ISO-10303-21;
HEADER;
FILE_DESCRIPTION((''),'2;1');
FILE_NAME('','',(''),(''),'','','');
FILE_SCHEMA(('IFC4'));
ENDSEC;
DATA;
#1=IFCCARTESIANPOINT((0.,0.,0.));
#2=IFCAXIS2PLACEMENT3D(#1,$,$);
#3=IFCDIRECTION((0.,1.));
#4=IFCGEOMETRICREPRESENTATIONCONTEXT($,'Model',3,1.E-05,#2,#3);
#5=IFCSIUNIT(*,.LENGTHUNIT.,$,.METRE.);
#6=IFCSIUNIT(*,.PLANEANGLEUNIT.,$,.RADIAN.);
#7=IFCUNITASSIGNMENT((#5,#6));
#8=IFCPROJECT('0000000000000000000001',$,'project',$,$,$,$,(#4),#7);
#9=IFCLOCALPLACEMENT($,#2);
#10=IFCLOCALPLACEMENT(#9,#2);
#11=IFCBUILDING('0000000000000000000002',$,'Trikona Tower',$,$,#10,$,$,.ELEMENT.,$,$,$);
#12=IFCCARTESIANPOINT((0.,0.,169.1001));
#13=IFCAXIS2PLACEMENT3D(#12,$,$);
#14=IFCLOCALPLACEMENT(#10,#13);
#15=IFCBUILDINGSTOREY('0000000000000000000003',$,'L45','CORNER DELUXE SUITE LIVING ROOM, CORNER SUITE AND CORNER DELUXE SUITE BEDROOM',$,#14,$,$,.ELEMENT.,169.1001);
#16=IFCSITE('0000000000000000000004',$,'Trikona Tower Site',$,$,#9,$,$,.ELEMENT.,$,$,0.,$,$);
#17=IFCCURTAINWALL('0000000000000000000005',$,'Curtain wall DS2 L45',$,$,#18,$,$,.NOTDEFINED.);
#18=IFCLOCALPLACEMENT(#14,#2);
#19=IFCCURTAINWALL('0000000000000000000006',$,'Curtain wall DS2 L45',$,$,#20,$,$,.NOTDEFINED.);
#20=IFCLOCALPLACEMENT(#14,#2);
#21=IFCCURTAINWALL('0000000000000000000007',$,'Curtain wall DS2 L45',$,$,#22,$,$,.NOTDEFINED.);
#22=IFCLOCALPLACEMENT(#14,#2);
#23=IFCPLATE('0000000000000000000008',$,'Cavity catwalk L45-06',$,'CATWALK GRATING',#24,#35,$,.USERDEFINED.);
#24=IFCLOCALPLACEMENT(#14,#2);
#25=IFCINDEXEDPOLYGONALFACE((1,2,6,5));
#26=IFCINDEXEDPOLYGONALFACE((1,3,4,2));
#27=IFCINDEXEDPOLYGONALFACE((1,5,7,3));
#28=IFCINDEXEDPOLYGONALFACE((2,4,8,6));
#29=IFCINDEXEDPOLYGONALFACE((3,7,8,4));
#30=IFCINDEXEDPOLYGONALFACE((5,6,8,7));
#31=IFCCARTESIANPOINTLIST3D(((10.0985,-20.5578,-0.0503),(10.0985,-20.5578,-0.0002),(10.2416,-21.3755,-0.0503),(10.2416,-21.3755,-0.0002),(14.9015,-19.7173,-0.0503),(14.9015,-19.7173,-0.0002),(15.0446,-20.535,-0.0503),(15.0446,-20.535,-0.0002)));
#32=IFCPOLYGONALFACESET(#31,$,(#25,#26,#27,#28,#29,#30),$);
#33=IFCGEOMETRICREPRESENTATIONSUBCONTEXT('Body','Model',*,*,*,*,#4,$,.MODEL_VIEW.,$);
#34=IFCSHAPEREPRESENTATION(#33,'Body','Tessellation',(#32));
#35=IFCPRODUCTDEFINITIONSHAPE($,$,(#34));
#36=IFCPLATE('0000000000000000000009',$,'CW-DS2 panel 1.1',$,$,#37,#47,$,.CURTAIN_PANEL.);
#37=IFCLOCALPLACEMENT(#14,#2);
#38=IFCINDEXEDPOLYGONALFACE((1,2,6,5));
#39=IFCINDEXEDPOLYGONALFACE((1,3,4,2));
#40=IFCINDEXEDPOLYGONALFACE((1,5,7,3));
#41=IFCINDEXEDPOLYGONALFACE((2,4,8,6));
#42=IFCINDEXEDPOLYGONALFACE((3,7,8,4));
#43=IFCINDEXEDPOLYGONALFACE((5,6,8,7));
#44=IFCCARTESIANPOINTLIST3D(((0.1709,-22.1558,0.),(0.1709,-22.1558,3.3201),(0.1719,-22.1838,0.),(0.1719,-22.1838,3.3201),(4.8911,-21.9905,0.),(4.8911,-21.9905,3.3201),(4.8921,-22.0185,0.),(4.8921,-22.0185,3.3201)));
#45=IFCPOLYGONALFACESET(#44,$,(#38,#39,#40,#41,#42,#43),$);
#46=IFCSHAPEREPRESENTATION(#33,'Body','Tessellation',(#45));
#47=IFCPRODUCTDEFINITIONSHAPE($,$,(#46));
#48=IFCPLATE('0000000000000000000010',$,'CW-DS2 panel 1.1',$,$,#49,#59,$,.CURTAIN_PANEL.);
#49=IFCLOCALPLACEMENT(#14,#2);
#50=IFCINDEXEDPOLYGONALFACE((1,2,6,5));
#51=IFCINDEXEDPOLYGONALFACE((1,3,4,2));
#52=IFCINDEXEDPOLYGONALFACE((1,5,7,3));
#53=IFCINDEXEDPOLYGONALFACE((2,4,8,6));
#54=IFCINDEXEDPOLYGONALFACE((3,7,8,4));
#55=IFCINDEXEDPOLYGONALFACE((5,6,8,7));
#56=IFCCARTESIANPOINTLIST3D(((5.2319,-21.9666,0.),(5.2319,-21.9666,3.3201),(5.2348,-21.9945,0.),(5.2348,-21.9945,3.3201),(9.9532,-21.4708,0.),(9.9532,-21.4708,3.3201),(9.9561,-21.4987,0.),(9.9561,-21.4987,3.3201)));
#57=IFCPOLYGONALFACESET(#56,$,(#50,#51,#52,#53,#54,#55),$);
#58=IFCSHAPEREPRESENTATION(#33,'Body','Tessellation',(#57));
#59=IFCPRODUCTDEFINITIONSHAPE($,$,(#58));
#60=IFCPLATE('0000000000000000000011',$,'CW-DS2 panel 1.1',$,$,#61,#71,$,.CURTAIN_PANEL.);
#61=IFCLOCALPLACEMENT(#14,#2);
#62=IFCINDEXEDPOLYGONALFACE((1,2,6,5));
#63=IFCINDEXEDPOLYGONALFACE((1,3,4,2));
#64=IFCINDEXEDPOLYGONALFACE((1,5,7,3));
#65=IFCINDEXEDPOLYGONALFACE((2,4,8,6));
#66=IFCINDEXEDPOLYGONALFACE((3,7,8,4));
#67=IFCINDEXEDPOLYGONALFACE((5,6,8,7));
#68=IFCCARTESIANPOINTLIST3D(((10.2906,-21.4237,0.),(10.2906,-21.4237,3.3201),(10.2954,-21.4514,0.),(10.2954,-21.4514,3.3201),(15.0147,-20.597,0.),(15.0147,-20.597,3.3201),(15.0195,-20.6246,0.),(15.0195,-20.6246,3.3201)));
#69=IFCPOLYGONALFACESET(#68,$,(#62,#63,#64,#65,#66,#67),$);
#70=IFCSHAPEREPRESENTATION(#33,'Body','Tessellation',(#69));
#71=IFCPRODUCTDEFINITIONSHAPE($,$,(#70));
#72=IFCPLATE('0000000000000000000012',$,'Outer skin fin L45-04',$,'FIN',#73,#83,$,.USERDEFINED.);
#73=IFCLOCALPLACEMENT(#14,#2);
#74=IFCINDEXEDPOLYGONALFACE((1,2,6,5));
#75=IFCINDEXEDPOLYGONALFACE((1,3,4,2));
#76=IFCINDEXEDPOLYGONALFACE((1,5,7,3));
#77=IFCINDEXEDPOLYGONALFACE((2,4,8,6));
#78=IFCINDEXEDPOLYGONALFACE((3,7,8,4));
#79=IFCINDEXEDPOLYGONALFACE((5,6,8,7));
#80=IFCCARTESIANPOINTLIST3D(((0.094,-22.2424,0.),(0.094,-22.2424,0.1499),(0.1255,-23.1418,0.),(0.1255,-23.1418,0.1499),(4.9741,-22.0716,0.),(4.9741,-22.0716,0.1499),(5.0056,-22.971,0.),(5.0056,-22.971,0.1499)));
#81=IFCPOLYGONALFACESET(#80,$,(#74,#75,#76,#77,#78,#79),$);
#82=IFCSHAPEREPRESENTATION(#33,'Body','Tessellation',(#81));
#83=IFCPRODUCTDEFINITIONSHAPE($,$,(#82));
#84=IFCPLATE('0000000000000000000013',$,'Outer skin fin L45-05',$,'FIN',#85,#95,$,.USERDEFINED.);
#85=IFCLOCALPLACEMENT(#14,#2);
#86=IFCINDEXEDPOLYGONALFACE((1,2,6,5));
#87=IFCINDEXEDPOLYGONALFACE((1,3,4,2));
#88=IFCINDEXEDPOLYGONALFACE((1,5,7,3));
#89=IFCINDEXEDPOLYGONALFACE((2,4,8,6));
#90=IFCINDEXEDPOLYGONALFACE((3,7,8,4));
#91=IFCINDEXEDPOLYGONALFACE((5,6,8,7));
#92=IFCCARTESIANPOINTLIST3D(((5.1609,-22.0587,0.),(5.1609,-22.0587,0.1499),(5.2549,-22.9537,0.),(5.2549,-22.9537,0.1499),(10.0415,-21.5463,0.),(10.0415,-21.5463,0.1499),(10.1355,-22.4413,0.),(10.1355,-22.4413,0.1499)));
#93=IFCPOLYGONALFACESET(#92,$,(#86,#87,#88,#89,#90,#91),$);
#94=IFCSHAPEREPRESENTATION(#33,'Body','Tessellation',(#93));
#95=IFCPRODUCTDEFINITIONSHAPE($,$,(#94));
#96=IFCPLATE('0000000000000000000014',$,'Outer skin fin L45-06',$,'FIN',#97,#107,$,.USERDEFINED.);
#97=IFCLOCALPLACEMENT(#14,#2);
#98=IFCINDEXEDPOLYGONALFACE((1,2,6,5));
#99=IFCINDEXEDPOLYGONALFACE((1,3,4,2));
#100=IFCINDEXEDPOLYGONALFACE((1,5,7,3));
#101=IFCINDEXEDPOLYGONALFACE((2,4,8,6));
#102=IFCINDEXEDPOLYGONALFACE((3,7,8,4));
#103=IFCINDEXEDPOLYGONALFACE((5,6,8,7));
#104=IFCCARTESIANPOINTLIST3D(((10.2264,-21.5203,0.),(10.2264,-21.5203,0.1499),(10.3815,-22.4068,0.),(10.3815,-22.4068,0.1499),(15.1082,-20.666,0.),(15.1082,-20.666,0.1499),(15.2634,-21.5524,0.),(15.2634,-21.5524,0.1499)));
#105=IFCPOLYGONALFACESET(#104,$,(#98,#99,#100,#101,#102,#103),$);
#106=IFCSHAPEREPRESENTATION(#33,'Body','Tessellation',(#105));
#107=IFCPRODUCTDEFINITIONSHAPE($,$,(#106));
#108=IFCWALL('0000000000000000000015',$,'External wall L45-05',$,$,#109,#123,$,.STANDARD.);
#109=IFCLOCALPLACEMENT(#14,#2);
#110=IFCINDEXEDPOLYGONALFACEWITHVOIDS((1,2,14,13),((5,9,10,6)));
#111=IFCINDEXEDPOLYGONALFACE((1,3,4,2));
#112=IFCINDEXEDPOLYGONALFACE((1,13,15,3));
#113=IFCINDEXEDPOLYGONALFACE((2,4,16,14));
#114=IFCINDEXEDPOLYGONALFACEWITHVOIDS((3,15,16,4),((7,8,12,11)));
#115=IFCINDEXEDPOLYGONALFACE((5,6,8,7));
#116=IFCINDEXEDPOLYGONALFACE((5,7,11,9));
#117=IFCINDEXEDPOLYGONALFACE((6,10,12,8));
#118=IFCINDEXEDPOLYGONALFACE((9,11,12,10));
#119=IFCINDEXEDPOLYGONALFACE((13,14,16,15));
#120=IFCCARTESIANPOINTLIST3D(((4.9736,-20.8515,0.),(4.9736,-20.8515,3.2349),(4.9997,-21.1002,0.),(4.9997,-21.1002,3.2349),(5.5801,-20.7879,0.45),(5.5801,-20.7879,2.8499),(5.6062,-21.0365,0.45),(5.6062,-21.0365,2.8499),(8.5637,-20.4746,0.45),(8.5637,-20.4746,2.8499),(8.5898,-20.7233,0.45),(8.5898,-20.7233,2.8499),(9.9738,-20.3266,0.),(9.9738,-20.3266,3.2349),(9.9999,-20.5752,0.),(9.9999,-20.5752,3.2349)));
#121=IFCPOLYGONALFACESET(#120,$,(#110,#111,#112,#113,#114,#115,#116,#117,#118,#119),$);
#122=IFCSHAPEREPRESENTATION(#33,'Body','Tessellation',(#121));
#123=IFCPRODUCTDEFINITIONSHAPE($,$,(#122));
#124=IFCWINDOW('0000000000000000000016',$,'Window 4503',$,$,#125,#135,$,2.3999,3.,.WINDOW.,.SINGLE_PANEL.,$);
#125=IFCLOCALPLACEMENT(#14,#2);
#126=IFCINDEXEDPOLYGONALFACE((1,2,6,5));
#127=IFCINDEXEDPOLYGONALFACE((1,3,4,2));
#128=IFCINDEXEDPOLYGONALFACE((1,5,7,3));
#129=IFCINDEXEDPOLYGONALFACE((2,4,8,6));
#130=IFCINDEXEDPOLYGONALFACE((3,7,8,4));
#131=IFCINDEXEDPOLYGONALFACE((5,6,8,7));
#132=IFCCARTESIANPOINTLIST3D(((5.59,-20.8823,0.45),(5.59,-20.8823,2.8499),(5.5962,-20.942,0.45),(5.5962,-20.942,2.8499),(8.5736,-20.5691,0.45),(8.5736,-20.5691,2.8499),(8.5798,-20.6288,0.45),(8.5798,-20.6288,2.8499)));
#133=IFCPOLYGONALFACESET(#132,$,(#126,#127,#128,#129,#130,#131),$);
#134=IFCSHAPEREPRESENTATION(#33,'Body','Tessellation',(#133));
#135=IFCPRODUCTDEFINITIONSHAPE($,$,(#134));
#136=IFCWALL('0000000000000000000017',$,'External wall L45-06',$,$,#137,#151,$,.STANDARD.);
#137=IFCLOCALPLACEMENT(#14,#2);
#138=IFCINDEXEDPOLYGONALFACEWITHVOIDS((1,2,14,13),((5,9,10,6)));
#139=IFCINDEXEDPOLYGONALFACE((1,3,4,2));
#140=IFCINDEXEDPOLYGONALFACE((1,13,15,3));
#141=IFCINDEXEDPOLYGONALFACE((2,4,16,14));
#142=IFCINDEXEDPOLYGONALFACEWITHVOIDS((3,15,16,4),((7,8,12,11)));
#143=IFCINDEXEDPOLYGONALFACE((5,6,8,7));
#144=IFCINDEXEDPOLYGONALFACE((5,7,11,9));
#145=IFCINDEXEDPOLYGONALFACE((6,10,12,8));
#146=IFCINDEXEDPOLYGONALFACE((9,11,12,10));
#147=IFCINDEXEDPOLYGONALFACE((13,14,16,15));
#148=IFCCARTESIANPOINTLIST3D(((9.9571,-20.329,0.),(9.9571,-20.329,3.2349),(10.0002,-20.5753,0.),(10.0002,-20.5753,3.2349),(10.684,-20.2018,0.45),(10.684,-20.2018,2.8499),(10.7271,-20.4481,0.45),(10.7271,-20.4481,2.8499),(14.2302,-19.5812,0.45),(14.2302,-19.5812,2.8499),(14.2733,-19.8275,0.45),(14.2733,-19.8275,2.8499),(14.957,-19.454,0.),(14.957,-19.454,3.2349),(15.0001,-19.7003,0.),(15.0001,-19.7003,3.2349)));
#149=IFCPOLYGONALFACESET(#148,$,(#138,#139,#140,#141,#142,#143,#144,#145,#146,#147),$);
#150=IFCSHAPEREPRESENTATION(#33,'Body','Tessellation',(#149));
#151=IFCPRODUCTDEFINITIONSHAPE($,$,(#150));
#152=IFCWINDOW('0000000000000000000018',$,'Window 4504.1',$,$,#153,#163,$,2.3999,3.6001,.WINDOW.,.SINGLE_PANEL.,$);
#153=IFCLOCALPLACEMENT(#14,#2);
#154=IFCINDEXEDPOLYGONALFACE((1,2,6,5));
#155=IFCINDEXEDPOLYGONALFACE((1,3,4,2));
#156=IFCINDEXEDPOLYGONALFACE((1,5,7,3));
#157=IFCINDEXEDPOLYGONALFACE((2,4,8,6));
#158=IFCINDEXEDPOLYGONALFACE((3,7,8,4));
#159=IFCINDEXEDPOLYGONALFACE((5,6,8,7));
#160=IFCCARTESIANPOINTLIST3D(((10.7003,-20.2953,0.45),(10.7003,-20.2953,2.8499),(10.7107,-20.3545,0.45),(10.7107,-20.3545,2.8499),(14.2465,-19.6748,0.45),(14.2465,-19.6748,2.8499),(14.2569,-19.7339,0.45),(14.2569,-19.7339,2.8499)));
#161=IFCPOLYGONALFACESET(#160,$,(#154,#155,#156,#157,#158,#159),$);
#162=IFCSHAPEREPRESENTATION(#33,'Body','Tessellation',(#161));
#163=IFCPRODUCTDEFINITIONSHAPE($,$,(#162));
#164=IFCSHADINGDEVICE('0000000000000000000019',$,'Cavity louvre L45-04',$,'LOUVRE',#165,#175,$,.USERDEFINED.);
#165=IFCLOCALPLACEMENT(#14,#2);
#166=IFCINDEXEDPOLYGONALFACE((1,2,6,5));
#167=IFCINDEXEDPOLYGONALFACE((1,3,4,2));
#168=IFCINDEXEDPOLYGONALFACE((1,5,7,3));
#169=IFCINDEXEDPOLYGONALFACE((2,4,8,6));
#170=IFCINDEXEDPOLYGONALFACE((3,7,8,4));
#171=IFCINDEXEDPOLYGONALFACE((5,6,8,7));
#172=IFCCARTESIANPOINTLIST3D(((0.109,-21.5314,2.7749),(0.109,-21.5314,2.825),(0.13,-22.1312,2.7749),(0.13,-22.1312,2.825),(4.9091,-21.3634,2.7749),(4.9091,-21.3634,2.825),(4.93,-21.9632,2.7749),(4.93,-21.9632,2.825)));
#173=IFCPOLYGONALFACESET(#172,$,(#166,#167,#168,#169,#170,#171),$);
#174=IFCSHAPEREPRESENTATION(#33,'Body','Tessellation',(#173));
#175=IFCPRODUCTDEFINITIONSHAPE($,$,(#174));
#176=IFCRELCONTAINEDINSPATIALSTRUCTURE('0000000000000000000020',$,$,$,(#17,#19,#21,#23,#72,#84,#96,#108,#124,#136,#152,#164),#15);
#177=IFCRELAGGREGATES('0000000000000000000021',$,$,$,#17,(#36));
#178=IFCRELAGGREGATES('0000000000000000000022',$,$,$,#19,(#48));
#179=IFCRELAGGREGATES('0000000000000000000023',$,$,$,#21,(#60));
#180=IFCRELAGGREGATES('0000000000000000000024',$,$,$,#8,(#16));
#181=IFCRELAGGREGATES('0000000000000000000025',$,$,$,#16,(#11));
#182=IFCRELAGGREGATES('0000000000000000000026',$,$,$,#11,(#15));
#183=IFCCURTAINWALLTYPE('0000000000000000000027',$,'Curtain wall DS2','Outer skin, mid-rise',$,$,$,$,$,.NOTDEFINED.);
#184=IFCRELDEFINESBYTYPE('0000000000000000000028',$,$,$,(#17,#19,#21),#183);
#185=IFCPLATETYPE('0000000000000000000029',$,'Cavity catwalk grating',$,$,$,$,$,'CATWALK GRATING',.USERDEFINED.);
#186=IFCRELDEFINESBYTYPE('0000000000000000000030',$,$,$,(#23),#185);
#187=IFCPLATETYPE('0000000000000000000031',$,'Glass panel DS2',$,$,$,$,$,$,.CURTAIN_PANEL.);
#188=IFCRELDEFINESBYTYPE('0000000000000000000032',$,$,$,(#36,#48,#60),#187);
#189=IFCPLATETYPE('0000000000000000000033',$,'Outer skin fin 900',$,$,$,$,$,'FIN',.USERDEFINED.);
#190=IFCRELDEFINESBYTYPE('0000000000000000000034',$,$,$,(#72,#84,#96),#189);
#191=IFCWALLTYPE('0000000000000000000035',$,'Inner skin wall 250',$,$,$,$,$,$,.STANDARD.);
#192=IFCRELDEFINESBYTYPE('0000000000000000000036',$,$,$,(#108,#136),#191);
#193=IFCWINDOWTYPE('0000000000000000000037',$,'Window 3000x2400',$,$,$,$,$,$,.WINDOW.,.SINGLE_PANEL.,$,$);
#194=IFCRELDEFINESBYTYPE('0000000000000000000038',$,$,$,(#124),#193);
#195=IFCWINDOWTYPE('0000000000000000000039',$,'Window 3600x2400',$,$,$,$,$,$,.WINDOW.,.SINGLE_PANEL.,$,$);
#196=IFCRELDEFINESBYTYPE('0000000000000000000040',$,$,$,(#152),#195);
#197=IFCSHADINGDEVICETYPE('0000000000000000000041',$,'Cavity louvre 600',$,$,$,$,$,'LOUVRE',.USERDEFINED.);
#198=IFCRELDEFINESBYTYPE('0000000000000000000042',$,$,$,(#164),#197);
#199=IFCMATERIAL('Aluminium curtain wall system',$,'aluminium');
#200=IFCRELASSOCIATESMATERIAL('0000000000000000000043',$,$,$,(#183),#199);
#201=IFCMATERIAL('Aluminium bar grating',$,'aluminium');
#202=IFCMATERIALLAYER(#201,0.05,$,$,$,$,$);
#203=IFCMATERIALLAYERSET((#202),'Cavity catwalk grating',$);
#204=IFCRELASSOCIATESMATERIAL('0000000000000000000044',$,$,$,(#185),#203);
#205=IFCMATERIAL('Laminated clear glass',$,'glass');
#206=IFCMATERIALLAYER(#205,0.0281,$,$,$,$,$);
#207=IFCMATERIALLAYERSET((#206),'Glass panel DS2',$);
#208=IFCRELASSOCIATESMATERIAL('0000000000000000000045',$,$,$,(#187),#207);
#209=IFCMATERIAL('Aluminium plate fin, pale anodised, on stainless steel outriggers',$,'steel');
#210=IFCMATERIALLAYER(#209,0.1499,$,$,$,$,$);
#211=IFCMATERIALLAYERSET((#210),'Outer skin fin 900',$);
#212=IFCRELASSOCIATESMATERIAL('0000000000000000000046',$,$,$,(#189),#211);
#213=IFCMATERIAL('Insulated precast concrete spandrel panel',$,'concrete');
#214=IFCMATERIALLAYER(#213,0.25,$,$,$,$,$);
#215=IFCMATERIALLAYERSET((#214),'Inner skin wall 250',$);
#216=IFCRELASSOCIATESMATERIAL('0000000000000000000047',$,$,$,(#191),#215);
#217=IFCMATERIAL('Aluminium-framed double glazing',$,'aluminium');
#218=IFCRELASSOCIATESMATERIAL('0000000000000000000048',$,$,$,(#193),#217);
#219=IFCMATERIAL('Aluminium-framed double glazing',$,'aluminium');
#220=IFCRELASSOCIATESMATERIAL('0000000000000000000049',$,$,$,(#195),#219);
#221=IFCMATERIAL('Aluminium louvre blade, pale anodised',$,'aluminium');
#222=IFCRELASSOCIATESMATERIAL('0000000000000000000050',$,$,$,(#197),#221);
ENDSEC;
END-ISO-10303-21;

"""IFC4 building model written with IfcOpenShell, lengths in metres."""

from ifc_helpers import new_model, si_unit, direction, frame, frame_2d, origin, origin_2d, place, context, subcontext, project, spatial, rectangle, extrude, material, layer, layer_set, type_object, element, fill, aggregate, save


model = new_model("IFC4")

# Units and contexts
model_context = context("Model", 3, precision=1e-05, world=origin(), true_north=direction((0.0, 1.0)))
body_context = subcontext(model_context, "Body", "Model", "MODEL_VIEW")
ifc_project = project(units=[si_unit("LENGTHUNIT", "METRE"), si_unit("PLANEANGLEUNIT", "RADIAN")], contexts=[model_context])

# Site, building, storey
site_placement = place(None, origin())
site = spatial("IfcSite", under=ifc_project, at=site_placement, Name="Trikona Tower Site", CompositionType="ELEMENT", RefElevation=0.0)
building_placement = place(site_placement, origin())
building = spatial("IfcBuilding", under=site, at=building_placement, Name="Trikona Tower", CompositionType="ELEMENT")
storey_placement = place(building_placement, frame((0.0, 0.0, 169.1001)))
storey = spatial("IfcBuildingStorey", under=building, at=storey_placement, Name="L45", Description="CORNER DELUXE SUITE LIVING ROOM, CORNER SUITE AND CORNER DELUXE SUITE BEDROOM", CompositionType="ELEMENT", Elevation=169.1001)

# Curtain walls
ifc_material_1 = material(Name="Aluminium curtain wall system", Category="aluminium")
curtain_wall_type = type_object("IfcCurtainWallType", Name="Curtain wall DS2", Description="Outer skin, mid-rise", PredefinedType="NOTDEFINED", material=ifc_material_1)
curtain_wall_1_placement = place(storey_placement, origin())
curtain_wall_1 = element("IfcCurtainWall", 1, at=curtain_wall_1_placement, inside=storey, type_object=curtain_wall_type, Name="Curtain wall DS2 L45", PredefinedType="NOTDEFINED")
curtain_wall_2_placement = place(storey_placement, origin())
curtain_wall_2 = element("IfcCurtainWall", 2, at=curtain_wall_2_placement, inside=storey, type_object=curtain_wall_type, Name="Curtain wall DS2 L45", PredefinedType="NOTDEFINED")

# Curtain wall
curtain_wall_3_placement = place(storey_placement, origin())
curtain_wall_3 = element("IfcCurtainWall", 3, at=curtain_wall_3_placement, inside=storey, type_object=curtain_wall_type, Name="Curtain wall DS2 L45", PredefinedType="NOTDEFINED")

# Plate
ifc_material_2 = material(Name="Aluminium bar grating", Category="aluminium")
ifc_layer_1 = layer(ifc_material_2, 0.05)
ifc_layer_set_1 = layer_set([ifc_layer_1], Name="Cavity catwalk grating")
plate_type_1 = type_object("IfcPlateType", Name="Cavity catwalk grating", ElementType="CATWALK GRATING", PredefinedType="USERDEFINED", material=ifc_layer_set_1)
plate_1_placement = place(storey_placement, frame((12.5715, -20.5464, -0.0503), z_axis=(0.0, 0.0, 1.0), x_axis=(0.985031, 0.17238, 0.0)))
element("IfcPlate", 4, at=plate_1_placement, inside=storey, type_object=plate_type_1, Name="Cavity catwalk L45-06", ObjectType="CATWALK GRATING", PredefinedType="USERDEFINED", context=body_context, shape_type="SweptSolid", body=[
    extrude(rectangle(XDim=4.876, YDim=0.8301, at=origin_2d()), origin(), (0.0, 0.0, 1.0), 0.05),
])

# Plates
ifc_material_3 = material(Name="Laminated clear glass", Category="glass")
ifc_layer_2 = layer(ifc_material_3, 0.0281)
ifc_layer_set_2 = layer_set([ifc_layer_2], Name="Glass panel DS2")
plate_type_2 = type_object("IfcPlateType", Name="Glass panel DS2", PredefinedType="CURTAIN_PANEL", material=ifc_layer_set_2)
plate_2_placement = place(storey_placement, frame((2.5315, -22.0872, 0.0), z_axis=(0.0, 0.0, 1.0), x_axis=(0.999387, 0.034998, 0.0)))
plate_2 = element("IfcPlate", 5, at=plate_2_placement, type_object=plate_type_2, Name="CW-DS2 panel 1.1", PredefinedType="CURTAIN_PANEL", context=body_context, shape_type="SweptSolid", body=[
    extrude(rectangle(XDim=4.7231, YDim=0.0281, at=origin_2d()), origin(), (0.0, 0.0, 1.0), 3.3201),
])
aggregate(curtain_wall_1, [plate_2])
plate_3_placement = place(storey_placement, frame((7.594, -21.7327, 0.0), z_axis=(0.0, 0.0, 1.0), x_axis=(0.994532, 0.104433, 0.0)))
plate_3 = element("IfcPlate", 6, at=plate_3_placement, type_object=plate_type_2, Name="CW-DS2 panel 1.1", PredefinedType="CURTAIN_PANEL", context=body_context, shape_type="SweptSolid", body=[
    extrude(rectangle(XDim=4.7473, YDim=0.0281, at=origin_2d()), origin(), (0.0, 0.0, 1.0), 3.3201),
])
aggregate(curtain_wall_2, [plate_3])
plate_4_placement = place(storey_placement, frame((12.655, -21.0242, 0.0), z_axis=(0.0, 0.0, 1.0), x_axis=(0.985031, 0.172377, 0.0)))
plate_4 = element("IfcPlate", 7, at=plate_4_placement, type_object=plate_type_2, Name="CW-DS2 panel 1.1", PredefinedType="CURTAIN_PANEL", context=body_context, shape_type="SweptSolid", body=[
    extrude(rectangle(XDim=4.7959, YDim=0.0281, at=origin_2d()), origin(), (0.0, 0.0, 1.0), 3.3201),
])
aggregate(curtain_wall_3, [plate_4])

# Plates
ifc_material_4 = material(Name="Aluminium plate fin, pale anodised, on stainless steel outriggers", Category="steel")
ifc_layer_3 = layer(ifc_material_4, 0.1499)
ifc_layer_set_3 = layer_set([ifc_layer_3], Name="Outer skin fin 900")
plate_type_3 = type_object("IfcPlateType", Name="Outer skin fin 900", ElementType="FIN", PredefinedType="USERDEFINED", material=ifc_layer_set_3)
plate_5_placement = place(storey_placement, frame((2.5498, -22.6067, 0.0), z_axis=(0.0, 0.0, 1.0), x_axis=(0.999388, 0.034978, 0.0)))
element("IfcPlate", 8, at=plate_5_placement, inside=storey, type_object=plate_type_3, Name="Outer skin fin L45-04", ObjectType="FIN", PredefinedType="USERDEFINED", context=body_context, shape_type="SweptSolid", body=[
    extrude(rectangle(XDim=4.8831, YDim=0.8999, at=origin_2d()), origin(), (0.0, 0.0, 1.0), 0.1499),
])
plate_6_placement = place(storey_placement, frame((7.6482, -22.25, 0.0), z_axis=(0.0, 0.0, 1.0), x_axis=(0.994533, 0.104426, 0.0)))
element("IfcPlate", 9, at=plate_6_placement, inside=storey, type_object=plate_type_3, Name="Outer skin fin L45-05", ObjectType="FIN", PredefinedType="USERDEFINED", context=body_context, shape_type="SweptSolid", body=[
    extrude(rectangle(XDim=4.9075, YDim=0.8999, at=origin_2d()), origin(), (0.0, 0.0, 1.0), 0.1499),
])
plate_7_placement = place(storey_placement, frame((12.7449, -21.5364, 0.0), z_axis=(0.0, 0.0, 1.0), x_axis=(0.985031, 0.17238, 0.0)))
element("IfcPlate", 10, at=plate_7_placement, inside=storey, type_object=plate_type_3, Name="Outer skin fin L45-06", ObjectType="FIN", PredefinedType="USERDEFINED", context=body_context, shape_type="SweptSolid", body=[
    extrude(rectangle(XDim=4.9561, YDim=0.8999, at=origin_2d()), origin(), (0.0, 0.0, 1.0), 0.1499),
])

# Walls, openings, windows
ifc_material_5 = material(Name="Insulated precast concrete spandrel panel", Category="concrete")
ifc_layer_4 = layer(ifc_material_5, 0.25)
ifc_layer_set_4 = layer_set([ifc_layer_4], Name="Inner skin wall 250")
wall_type = type_object("IfcWallType", Name="Inner skin wall 250", PredefinedType="STANDARD", material=ifc_layer_set_4)
wall_1_placement = place(storey_placement, frame((4.9868, -20.9758, 0.0), z_axis=(0.0, 0.0, 1.0), x_axis=(0.994535, 0.104407, 0.0)))
wall_1 = element("IfcWall", 11, at=wall_1_placement, inside=storey, type_object=wall_type, Name="External wall L45-05", PredefinedType="STANDARD", context=body_context, shape_type="SweptSolid", body=[
    extrude(rectangle(XDim=5.0276, YDim=0.25, at=frame_2d((2.5137, 0.0))), origin(), (0.0, 0.0, 1.0), 3.2349),
])
opening_1_placement = place(wall_1_placement, frame((0.6096, 0.0, 0.45)))
opening_1 = element("IfcOpeningElement", 12, at=opening_1_placement, cuts=wall_1, PredefinedType="OPENING", context=body_context, shape_type="SweptSolid", body=[
    extrude(rectangle(XDim=3.0, YDim=2.3999, at=frame_2d((1.5, 1.2))), frame((0.0, 0.135, 0.0), z_axis=(0.0, -1.0, 0.0), x_axis=(1.0, 0.0, 0.0)), (0.0, 0.0, 1.0), 0.27),
])
ifc_material_6 = material(Name="Aluminium-framed double glazing", Category="aluminium")
window_type_1 = type_object("IfcWindowType", Name="Window 3000x2400", PartitioningType="SINGLE_PANEL", PredefinedType="WINDOW", material=ifc_material_6)
window_1_placement = place(opening_1_placement, origin())
window_1 = element("IfcWindow", 13, at=window_1_placement, inside=storey, type_object=window_type_1, Name="Window 4503", OverallHeight=2.3999, OverallWidth=3.0, PartitioningType="SINGLE_PANEL", PredefinedType="WINDOW", context=body_context, shape_type="SweptSolid", body=[
    extrude(rectangle(XDim=3.0, YDim=2.3999, at=frame_2d((1.5, 1.2))), frame((0.0, 0.03, 0.0), z_axis=(0.0, -1.0, 0.0), x_axis=(1.0, 0.0, 0.0)), (0.0, 0.0, 1.0), 0.0601),
])
fill(opening_1, window_1)
wall_2_placement = place(storey_placement, frame((9.9785, -20.4521, 0.0), z_axis=(0.0, 0.0, 1.0), x_axis=(0.98503, 0.17238, 0.0)))
wall_2 = element("IfcWall", 14, at=wall_2_placement, inside=storey, type_object=wall_type, Name="External wall L45-06", PredefinedType="STANDARD", context=body_context, shape_type="SweptSolid", body=[
    extrude(rectangle(XDim=5.0759, YDim=0.25, at=frame_2d((2.5381, 0.0))), origin(), (0.0, 0.0, 1.0), 3.2349),
])
opening_2_placement = place(wall_2_placement, frame((0.738, 0.0, 0.45)))
opening_2 = element("IfcOpeningElement", 15, at=opening_2_placement, cuts=wall_2, PredefinedType="OPENING", context=body_context, shape_type="SweptSolid", body=[
    extrude(rectangle(XDim=3.6001, YDim=2.3999, at=frame_2d((1.8, 1.2))), frame((0.0, 0.135, 0.0), z_axis=(0.0, -1.0, 0.0), x_axis=(1.0, 0.0, 0.0)), (0.0, 0.0, 1.0), 0.27),
])
ifc_material_7 = material(Name="Aluminium-framed double glazing", Category="aluminium")
window_type_2 = type_object("IfcWindowType", Name="Window 3600x2400", PartitioningType="SINGLE_PANEL", PredefinedType="WINDOW", material=ifc_material_7)
window_2_placement = place(opening_2_placement, origin())
window_2 = element("IfcWindow", 16, at=window_2_placement, inside=storey, type_object=window_type_2, Name="Window 4504.1", OverallHeight=2.3999, OverallWidth=3.6001, PartitioningType="SINGLE_PANEL", PredefinedType="WINDOW", context=body_context, shape_type="SweptSolid", body=[
    extrude(rectangle(XDim=3.6001, YDim=2.3999, at=frame_2d((1.8, 1.2))), frame((0.0, 0.03, 0.0), z_axis=(0.0, -1.0, 0.0), x_axis=(1.0, 0.0, 0.0)), (0.0, 0.0, 1.0), 0.0601),
])
fill(opening_2, window_2)

# Shading device
ifc_material_8 = material(Name="Aluminium louvre blade, pale anodised", Category="aluminium")
shading_device_type = type_object("IfcShadingDeviceType", Name="Cavity louvre 600", ElementType="LOUVRE", PredefinedType="USERDEFINED", material=ifc_material_8)
shading_device_1_placement = place(storey_placement, frame((2.5195, -21.7473, 2.7749), z_axis=(0.0, 0.0, 1.0), x_axis=(0.999388, 0.034978, 0.0)))
element("IfcShadingDevice", 17, at=shading_device_1_placement, inside=storey, type_object=shading_device_type, Name="Cavity louvre L45-04", ObjectType="LOUVRE", PredefinedType="USERDEFINED", context=body_context, shape_type="SweptSolid", body=[
    extrude(rectangle(XDim=4.803, YDim=0.6001, at=origin_2d()), origin(), (0.0, 0.0, 1.0), 0.05),
])

save(model, "model.ifc")
